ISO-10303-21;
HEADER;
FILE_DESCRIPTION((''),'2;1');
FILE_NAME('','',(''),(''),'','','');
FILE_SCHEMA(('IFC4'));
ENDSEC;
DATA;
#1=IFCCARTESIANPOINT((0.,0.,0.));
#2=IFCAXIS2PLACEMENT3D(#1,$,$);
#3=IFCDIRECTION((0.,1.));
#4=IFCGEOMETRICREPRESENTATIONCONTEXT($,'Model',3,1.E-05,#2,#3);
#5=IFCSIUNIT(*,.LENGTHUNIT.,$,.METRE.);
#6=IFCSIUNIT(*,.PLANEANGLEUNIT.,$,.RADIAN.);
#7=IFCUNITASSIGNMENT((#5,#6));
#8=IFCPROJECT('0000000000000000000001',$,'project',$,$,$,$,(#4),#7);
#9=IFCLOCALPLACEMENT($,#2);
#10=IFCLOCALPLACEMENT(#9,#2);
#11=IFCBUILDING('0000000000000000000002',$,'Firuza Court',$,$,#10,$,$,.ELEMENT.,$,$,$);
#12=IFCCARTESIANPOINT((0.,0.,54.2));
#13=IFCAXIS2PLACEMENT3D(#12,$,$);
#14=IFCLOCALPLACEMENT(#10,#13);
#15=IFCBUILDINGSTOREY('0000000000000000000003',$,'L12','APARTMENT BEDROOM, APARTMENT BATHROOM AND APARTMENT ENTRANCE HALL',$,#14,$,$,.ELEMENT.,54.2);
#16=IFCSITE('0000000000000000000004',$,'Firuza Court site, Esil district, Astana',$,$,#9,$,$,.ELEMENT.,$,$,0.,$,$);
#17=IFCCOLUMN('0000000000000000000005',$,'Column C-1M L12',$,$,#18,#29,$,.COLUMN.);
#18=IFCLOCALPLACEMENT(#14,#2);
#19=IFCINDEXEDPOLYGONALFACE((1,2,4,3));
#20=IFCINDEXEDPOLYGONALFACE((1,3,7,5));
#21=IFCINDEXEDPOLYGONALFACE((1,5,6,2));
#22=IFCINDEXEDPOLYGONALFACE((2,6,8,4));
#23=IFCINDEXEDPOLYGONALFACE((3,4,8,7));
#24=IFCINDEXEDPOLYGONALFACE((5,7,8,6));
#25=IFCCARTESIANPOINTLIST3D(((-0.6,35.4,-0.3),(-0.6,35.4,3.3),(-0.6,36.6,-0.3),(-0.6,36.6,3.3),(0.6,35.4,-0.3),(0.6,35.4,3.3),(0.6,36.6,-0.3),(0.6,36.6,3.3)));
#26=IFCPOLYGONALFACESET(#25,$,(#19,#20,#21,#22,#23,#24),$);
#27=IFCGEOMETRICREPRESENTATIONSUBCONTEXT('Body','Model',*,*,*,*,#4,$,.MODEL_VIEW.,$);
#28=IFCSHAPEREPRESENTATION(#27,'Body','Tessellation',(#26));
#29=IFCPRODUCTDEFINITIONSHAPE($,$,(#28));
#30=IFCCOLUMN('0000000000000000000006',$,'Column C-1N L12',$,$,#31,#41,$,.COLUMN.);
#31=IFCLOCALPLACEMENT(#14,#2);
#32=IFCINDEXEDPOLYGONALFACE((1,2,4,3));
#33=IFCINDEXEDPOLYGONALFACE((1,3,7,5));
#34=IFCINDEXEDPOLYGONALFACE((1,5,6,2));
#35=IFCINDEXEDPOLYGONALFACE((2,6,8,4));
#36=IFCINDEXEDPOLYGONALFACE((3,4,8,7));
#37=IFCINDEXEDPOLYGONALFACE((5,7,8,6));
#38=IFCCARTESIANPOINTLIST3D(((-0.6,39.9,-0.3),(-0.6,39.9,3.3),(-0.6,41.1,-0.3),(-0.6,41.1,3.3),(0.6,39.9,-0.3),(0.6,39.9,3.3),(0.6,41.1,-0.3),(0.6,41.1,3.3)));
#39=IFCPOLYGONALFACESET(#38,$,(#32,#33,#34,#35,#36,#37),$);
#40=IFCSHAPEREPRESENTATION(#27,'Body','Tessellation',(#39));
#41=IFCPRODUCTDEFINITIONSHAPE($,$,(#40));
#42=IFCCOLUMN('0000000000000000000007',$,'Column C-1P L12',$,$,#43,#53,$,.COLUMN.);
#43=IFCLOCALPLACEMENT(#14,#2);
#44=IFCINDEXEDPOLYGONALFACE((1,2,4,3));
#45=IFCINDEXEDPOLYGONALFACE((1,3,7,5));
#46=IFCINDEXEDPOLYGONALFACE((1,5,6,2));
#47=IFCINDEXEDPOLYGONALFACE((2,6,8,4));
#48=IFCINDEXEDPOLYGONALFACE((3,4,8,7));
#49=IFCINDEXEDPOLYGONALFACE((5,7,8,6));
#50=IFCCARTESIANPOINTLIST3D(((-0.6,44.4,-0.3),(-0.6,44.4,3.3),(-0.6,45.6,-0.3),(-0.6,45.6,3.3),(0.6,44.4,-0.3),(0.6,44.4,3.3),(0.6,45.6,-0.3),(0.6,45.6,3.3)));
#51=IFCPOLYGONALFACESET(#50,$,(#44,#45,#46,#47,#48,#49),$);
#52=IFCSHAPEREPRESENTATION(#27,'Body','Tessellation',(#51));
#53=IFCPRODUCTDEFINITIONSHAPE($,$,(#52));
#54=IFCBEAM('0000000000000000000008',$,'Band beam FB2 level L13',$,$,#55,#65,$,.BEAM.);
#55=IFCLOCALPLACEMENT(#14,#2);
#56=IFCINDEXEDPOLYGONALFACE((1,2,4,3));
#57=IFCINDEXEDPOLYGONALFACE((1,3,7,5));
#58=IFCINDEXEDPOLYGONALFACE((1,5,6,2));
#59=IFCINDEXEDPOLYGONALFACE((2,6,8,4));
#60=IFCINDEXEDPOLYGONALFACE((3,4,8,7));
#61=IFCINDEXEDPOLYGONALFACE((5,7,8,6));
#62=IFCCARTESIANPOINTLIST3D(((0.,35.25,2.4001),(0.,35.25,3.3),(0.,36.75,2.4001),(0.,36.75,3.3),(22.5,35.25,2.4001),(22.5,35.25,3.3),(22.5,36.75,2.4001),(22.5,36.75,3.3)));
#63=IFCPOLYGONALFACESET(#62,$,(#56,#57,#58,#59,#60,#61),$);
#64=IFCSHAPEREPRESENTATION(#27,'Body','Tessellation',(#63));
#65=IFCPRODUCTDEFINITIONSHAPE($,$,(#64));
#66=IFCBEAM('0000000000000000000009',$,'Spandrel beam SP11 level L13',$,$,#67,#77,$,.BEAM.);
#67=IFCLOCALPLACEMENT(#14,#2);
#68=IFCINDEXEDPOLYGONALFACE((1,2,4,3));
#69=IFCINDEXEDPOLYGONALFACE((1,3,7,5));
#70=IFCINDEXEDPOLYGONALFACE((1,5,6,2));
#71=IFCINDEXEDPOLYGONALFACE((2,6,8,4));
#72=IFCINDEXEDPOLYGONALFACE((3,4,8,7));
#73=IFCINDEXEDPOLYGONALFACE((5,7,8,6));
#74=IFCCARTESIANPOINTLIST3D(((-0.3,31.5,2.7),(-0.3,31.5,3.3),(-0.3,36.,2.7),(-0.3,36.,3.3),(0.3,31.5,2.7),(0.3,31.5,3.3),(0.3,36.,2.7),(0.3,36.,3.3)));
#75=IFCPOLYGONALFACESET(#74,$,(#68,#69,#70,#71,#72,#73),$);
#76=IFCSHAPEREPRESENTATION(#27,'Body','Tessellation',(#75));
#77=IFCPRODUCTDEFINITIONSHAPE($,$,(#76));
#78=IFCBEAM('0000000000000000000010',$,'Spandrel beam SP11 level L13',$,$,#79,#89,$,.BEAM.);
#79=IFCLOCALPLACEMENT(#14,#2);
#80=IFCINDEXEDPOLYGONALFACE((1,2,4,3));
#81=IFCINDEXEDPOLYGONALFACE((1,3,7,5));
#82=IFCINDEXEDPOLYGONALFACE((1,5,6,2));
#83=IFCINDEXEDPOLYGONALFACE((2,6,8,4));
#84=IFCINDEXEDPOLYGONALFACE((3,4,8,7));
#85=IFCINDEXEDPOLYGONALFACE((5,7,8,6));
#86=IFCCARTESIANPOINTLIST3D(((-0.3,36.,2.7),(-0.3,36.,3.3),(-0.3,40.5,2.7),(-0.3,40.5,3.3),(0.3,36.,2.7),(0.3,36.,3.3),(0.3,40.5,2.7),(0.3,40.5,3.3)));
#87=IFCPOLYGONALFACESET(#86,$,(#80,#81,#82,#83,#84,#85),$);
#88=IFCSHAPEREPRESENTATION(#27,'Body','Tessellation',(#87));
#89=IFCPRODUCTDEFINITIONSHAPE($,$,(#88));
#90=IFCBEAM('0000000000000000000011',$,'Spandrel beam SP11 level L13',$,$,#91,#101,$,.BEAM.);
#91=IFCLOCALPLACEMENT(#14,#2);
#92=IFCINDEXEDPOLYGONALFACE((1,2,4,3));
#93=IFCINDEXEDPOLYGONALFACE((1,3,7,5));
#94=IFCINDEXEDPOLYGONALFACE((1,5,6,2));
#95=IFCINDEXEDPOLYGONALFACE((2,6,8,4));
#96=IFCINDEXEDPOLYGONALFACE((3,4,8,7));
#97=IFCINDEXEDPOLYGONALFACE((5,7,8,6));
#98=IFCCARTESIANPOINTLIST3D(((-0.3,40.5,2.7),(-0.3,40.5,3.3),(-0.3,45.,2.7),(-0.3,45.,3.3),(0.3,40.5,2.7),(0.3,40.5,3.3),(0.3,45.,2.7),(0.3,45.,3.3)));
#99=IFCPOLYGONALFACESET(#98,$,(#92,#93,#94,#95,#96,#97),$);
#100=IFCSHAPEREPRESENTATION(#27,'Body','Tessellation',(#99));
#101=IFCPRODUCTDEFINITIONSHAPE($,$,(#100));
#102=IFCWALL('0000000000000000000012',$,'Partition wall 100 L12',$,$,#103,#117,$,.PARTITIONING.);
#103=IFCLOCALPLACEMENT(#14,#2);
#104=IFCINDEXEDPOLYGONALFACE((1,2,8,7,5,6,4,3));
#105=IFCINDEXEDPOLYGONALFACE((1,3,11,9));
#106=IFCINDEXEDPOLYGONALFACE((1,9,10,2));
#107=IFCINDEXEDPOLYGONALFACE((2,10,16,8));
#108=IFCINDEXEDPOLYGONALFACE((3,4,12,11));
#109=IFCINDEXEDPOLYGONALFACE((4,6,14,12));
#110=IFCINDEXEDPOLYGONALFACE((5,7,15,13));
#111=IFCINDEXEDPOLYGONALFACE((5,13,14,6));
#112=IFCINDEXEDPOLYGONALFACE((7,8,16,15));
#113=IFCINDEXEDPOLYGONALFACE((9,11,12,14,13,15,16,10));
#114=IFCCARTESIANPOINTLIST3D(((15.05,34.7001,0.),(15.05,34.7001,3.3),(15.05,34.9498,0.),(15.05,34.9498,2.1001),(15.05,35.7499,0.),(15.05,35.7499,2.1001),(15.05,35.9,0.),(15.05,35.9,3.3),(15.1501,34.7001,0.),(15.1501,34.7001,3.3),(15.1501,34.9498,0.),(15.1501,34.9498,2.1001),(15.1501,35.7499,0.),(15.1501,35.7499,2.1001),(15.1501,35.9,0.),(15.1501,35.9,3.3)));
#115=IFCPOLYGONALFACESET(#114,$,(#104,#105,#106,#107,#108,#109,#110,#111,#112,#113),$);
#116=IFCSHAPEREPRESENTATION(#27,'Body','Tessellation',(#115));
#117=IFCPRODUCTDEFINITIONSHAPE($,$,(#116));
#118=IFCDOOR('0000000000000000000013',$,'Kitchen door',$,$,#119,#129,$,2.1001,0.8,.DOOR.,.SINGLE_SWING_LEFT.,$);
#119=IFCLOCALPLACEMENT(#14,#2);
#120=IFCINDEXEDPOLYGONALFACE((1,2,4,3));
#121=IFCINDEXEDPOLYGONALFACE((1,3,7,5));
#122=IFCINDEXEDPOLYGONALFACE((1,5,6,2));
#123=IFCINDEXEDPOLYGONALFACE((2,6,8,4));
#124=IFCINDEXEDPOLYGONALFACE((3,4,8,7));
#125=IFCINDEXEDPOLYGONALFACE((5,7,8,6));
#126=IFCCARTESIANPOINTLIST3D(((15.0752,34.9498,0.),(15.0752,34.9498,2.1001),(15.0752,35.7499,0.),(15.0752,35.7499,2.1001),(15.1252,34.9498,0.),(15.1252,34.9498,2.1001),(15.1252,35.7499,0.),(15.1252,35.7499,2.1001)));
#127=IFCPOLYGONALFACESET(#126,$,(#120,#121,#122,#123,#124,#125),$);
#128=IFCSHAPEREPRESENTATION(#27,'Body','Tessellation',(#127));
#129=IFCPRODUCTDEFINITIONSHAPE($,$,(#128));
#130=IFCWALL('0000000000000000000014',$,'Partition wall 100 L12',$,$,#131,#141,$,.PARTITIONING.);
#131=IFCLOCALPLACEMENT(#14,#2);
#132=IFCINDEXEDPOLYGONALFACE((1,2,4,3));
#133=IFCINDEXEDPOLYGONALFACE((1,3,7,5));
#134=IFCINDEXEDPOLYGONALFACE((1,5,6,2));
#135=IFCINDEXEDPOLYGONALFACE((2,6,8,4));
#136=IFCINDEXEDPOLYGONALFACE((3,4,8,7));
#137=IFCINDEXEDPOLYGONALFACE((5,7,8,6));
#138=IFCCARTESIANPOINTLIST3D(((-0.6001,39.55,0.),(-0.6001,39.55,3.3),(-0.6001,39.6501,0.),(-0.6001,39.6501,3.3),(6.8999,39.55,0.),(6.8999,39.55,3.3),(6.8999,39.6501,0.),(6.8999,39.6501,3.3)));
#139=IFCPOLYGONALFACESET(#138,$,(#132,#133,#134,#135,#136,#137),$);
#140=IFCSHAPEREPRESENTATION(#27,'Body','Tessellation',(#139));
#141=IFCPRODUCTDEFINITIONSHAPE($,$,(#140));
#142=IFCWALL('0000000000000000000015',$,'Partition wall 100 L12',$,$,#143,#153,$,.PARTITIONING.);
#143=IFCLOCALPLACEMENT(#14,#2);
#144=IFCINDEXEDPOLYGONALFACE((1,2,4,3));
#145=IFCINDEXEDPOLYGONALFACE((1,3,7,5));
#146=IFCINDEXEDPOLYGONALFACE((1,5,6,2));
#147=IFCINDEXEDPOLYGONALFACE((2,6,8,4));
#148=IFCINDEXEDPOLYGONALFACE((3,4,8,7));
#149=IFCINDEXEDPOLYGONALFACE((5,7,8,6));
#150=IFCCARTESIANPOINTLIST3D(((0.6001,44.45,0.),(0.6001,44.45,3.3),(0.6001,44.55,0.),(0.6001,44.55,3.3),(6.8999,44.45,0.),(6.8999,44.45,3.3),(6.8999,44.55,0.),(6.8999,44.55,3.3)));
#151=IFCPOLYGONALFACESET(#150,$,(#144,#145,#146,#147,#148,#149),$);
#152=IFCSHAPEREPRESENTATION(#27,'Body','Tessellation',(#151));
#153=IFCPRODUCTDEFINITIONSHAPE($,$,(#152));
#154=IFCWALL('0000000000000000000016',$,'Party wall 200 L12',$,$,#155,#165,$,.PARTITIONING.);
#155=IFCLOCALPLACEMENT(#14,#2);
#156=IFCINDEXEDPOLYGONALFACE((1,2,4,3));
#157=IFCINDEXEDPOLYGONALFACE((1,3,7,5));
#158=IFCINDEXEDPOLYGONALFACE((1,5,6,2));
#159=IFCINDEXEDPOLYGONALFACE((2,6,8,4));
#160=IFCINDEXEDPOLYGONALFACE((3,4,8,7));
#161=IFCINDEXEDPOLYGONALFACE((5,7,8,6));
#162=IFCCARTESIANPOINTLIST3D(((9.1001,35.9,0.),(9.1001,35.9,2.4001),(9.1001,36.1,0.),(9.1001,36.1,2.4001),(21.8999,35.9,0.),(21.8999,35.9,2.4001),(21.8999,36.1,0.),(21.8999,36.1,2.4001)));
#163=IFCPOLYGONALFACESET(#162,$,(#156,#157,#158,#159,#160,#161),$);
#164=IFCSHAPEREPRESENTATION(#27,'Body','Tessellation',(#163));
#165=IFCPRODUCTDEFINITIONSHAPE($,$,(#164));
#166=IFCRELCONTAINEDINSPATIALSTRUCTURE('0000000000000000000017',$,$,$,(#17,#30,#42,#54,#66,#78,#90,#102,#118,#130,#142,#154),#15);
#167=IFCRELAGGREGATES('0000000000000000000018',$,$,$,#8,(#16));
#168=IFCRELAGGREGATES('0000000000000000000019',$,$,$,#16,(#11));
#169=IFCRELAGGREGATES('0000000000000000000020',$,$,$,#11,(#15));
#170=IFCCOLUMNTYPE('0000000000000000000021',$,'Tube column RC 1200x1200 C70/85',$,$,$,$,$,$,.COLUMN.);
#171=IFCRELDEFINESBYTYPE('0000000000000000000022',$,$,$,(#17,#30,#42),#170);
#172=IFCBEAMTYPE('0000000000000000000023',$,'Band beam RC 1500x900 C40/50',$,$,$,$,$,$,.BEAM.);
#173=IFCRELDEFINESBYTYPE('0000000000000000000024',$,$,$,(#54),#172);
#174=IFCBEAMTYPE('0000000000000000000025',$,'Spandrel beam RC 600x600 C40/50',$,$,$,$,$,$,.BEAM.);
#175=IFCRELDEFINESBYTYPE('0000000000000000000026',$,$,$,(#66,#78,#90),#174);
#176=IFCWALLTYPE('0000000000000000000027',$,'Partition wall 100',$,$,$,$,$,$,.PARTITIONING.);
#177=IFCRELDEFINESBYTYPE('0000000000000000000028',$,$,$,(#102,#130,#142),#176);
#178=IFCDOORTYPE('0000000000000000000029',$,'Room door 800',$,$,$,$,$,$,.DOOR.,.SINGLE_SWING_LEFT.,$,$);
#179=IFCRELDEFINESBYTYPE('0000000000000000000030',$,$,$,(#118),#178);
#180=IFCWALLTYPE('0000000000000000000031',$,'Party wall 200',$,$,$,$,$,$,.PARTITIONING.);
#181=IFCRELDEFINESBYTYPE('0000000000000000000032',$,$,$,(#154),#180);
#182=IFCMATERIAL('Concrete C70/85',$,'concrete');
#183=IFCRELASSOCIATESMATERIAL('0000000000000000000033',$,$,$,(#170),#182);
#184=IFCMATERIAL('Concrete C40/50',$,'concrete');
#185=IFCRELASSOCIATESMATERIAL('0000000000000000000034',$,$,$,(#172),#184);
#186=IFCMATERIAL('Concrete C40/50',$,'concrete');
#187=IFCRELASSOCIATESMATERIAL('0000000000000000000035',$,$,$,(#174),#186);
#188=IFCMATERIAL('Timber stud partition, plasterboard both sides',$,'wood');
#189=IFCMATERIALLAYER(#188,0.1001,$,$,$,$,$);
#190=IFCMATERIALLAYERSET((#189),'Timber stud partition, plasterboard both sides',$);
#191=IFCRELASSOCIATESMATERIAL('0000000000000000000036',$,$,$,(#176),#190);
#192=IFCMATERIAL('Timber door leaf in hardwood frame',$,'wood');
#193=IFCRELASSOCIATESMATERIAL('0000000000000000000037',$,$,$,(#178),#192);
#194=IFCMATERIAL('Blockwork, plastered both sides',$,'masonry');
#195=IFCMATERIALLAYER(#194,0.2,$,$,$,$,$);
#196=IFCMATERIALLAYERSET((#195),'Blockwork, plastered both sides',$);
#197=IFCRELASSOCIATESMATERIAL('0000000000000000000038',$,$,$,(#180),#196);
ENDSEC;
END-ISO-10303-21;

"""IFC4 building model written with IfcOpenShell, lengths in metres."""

from ifc_helpers import new_model, si_unit, direction, frame, frame_2d, origin, origin_2d, place, context, subcontext, project, spatial, rectangle, extrude, material, layer, layer_set, material_profile, profile_set, type_object, element, fill, save


model = new_model("IFC4")

# Units and contexts
model_context = context("Model", 3, precision=1e-05, world=origin(), true_north=direction((0.0, 1.0)))
body_context = subcontext(model_context, "Body", "Model", "MODEL_VIEW")
ifc_project = project(units=[si_unit("LENGTHUNIT", "METRE"), si_unit("PLANEANGLEUNIT", "RADIAN")], contexts=[model_context])

# Site, building, storey
site_placement = place(None, origin())
site = spatial("IfcSite", under=ifc_project, at=site_placement, Name="Firuza Court site, Esil district, Astana", CompositionType="ELEMENT", RefElevation=0.0)
building_placement = place(site_placement, origin())
building = spatial("IfcBuilding", under=site, at=building_placement, Name="Firuza Court", CompositionType="ELEMENT")
storey_placement = place(building_placement, frame((0.0, 0.0, 54.2)))
storey = spatial("IfcBuildingStorey", under=building, at=storey_placement, Name="L12", Description="APARTMENT BEDROOM, APARTMENT BATHROOM AND APARTMENT ENTRANCE HALL", CompositionType="ELEMENT", Elevation=54.2)

# Columns
ifc_material_1 = material(Name="Concrete C70/85", Category="concrete")
ifc_material_profile_1 = material_profile(ifc_material_1, rectangle(XDim=1.2, YDim=1.2, at=origin_2d()), Name="RC 1200x1200")
ifc_profile_set_1 = profile_set([ifc_material_profile_1], Name="Concrete C70/85")
column_type = type_object("IfcColumnType", Name="Tube column RC 1200x1200 C70/85", PredefinedType="COLUMN", material=ifc_profile_set_1)
for number, where, z_axis, x_axis, name in (
    (1, (0.0, 36.0, -0.3), (0.0, 0.0, 1.0), (1.0, 0.0, 0.0), "Column C-1M L12"),
    (2, (0.0, 40.5, -0.3), (0.0, 0.0, 1.0), (1.0, 0.0, 0.0), "Column C-1N L12"),
    (3, (0.0, 45.0, -0.3), (0.0, 0.0, 1.0), (1.0, 0.0, 0.0), "Column C-1P L12"),
):
    element("IfcColumn", number, at=place(storey_placement, frame(where, z_axis=z_axis, x_axis=x_axis)), inside=storey, type_object=column_type, Name=name, PredefinedType="COLUMN", context=body_context, shape_type="SweptSolid", body=[
        extrude(rectangle(XDim=1.2, YDim=1.2, at=origin_2d()), origin(), (0.0, 0.0, 1.0), 3.6001),
    ])

# Beams
ifc_material_2 = material(Name="Concrete C40/50", Category="concrete")
ifc_material_profile_2 = material_profile(ifc_material_2, rectangle(XDim=1.5, YDim=0.8999, at=origin_2d()), Name="RC 1500x900")
ifc_profile_set_2 = profile_set([ifc_material_profile_2], Name="Concrete C40/50")
beam_type_1 = type_object("IfcBeamType", Name="Band beam RC 1500x900 C40/50", PredefinedType="BEAM", material=ifc_profile_set_2)
beam_placement = place(storey_placement, frame((0.0, 36.0, 2.8501), z_axis=(1.0, 0.0, 0.0), x_axis=(0.0, 1.0, 0.0)))
element("IfcBeam", 4, at=beam_placement, inside=storey, type_object=beam_type_1, Name="Band beam FB2 level L13", PredefinedType="BEAM", context=body_context, shape_type="SweptSolid", body=[
    extrude(rectangle(XDim=1.5, YDim=0.8999, at=origin_2d()), origin(), (0.0, 0.0, 1.0), 22.5),
])
ifc_material_3 = material(Name="Concrete C40/50", Category="concrete")
ifc_material_profile_3 = material_profile(ifc_material_3, rectangle(XDim=0.6001, YDim=0.6001, at=origin_2d()), Name="RC 600x600")
ifc_profile_set_3 = profile_set([ifc_material_profile_3], Name="Concrete C40/50")
beam_type_2 = type_object("IfcBeamType", Name="Spandrel beam RC 600x600 C40/50", PredefinedType="BEAM", material=ifc_profile_set_3)
for number, where, z_axis, x_axis, name in (
    (5, (0.0, 36.0, 3.0), (0.0, -1.0, 0.0), (1.0, 0.0, 0.0), "Spandrel beam SP11 level L13"),
    (6, (0.0, 40.5, 3.0), (0.0, -1.0, 0.0), (1.0, 0.0, 0.0), "Spandrel beam SP11 level L13"),
    (7, (0.0, 45.0, 3.0), (0.0, -1.0, 0.0), (1.0, 0.0, 0.0), "Spandrel beam SP11 level L13"),
):
    element("IfcBeam", number, at=place(storey_placement, frame(where, z_axis=z_axis, x_axis=x_axis)), inside=storey, type_object=beam_type_2, Name=name, PredefinedType="BEAM", context=body_context, shape_type="SweptSolid", body=[
        extrude(rectangle(XDim=0.6001, YDim=0.6001, at=origin_2d()), origin(), (0.0, 0.0, 1.0), 4.5),
    ])

# Wall, opening, door
ifc_material_4 = material(Name="Timber stud partition, plasterboard both sides", Category="wood")
ifc_layer_1 = layer(ifc_material_4, 0.1001)
ifc_layer_set_1 = layer_set([ifc_layer_1], Name="Timber stud partition, plasterboard both sides")
wall_type_1 = type_object("IfcWallType", Name="Partition wall 100", PredefinedType="PARTITIONING", material=ifc_layer_set_1)
wall_1_placement = place(storey_placement, frame((15.1001, 34.7, 0.0), z_axis=(0.0, 0.0, 1.0), x_axis=(0.0, 1.0, 0.0)))
wall_1 = element("IfcWall", 8, at=wall_1_placement, inside=storey, type_object=wall_type_1, Name="Partition wall 100 L12", PredefinedType="PARTITIONING", context=body_context, shape_type="SweptSolid", body=[
    extrude(rectangle(XDim=1.2, YDim=0.1001, at=frame_2d((0.6001, 0.0))), origin(), (0.0, 0.0, 1.0), 3.3),
])
opening_placement = place(wall_1_placement, frame((0.25, 0.0, 0.0)))
opening = element("IfcOpeningElement", 9, at=opening_placement, cuts=wall_1, PredefinedType="OPENING", context=body_context, shape_type="SweptSolid", body=[
    extrude(rectangle(XDim=0.8, YDim=2.1001, at=frame_2d((0.3999, 1.05))), frame((0.0, 0.062, 0.0), z_axis=(0.0, -1.0, 0.0), x_axis=(1.0, 0.0, 0.0)), (0.0, 0.0, 1.0), 0.124),
])
ifc_material_5 = material(Name="Timber door leaf in hardwood frame", Category="wood")
door_type = type_object("IfcDoorType", Name="Room door 800", OperationType="SINGLE_SWING_LEFT", PredefinedType="DOOR", material=ifc_material_5)
door_placement = place(opening_placement, origin())
door = element("IfcDoor", 10, at=door_placement, inside=storey, type_object=door_type, Name="Kitchen door", OperationType="SINGLE_SWING_LEFT", OverallHeight=2.1001, OverallWidth=0.8, PredefinedType="DOOR", context=body_context, shape_type="SweptSolid", body=[
    extrude(rectangle(XDim=0.8, YDim=2.1001, at=frame_2d((0.3999, 1.05))), frame((0.0, 0.0249, 0.0), z_axis=(0.0, -1.0, 0.0), x_axis=(1.0, 0.0, 0.0)), (0.0, 0.0, 1.0), 0.05),
])
fill(opening, door)

# Walls
wall_2_placement = place(storey_placement, frame((-0.6001, 39.6001, 0.0), z_axis=(0.0, 0.0, 1.0), x_axis=(1.0, 0.0, 0.0)))
element("IfcWall", 11, at=wall_2_placement, inside=storey, type_object=wall_type_1, Name="Partition wall 100 L12", PredefinedType="PARTITIONING", context=body_context, shape_type="SweptSolid", body=[
    extrude(rectangle(XDim=7.5, YDim=0.1001, at=frame_2d((3.75, 0.0))), origin(), (0.0, 0.0, 1.0), 3.3),
])
wall_3_placement = place(storey_placement, frame((0.6001, 44.5, 0.0), z_axis=(0.0, 0.0, 1.0), x_axis=(1.0, 0.0, 0.0)))
element("IfcWall", 12, at=wall_3_placement, inside=storey, type_object=wall_type_1, Name="Partition wall 100 L12", PredefinedType="PARTITIONING", context=body_context, shape_type="SweptSolid", body=[
    extrude(rectangle(XDim=6.2998, YDim=0.1001, at=frame_2d((3.1499, 0.0))), origin(), (0.0, 0.0, 1.0), 3.3),
])
ifc_material_6 = material(Name="Blockwork, plastered both sides", Category="masonry")
ifc_layer_2 = layer(ifc_material_6, 0.2)
ifc_layer_set_2 = layer_set([ifc_layer_2], Name="Blockwork, plastered both sides")
wall_type_2 = type_object("IfcWallType", Name="Party wall 200", PredefinedType="PARTITIONING", material=ifc_layer_set_2)
wall_4_placement = place(storey_placement, frame((9.1001, 36.0, 0.0), z_axis=(0.0, 0.0, 1.0), x_axis=(1.0, 0.0, 0.0)))
element("IfcWall", 13, at=wall_4_placement, inside=storey, type_object=wall_type_2, Name="Party wall 200 L12", PredefinedType="PARTITIONING", context=body_context, shape_type="SweptSolid", body=[
    extrude(rectangle(XDim=12.7998, YDim=0.2, at=frame_2d((6.3999, 0.0))), origin(), (0.0, 0.0, 1.0), 2.4001),
])

save(model, "model.ifc")
